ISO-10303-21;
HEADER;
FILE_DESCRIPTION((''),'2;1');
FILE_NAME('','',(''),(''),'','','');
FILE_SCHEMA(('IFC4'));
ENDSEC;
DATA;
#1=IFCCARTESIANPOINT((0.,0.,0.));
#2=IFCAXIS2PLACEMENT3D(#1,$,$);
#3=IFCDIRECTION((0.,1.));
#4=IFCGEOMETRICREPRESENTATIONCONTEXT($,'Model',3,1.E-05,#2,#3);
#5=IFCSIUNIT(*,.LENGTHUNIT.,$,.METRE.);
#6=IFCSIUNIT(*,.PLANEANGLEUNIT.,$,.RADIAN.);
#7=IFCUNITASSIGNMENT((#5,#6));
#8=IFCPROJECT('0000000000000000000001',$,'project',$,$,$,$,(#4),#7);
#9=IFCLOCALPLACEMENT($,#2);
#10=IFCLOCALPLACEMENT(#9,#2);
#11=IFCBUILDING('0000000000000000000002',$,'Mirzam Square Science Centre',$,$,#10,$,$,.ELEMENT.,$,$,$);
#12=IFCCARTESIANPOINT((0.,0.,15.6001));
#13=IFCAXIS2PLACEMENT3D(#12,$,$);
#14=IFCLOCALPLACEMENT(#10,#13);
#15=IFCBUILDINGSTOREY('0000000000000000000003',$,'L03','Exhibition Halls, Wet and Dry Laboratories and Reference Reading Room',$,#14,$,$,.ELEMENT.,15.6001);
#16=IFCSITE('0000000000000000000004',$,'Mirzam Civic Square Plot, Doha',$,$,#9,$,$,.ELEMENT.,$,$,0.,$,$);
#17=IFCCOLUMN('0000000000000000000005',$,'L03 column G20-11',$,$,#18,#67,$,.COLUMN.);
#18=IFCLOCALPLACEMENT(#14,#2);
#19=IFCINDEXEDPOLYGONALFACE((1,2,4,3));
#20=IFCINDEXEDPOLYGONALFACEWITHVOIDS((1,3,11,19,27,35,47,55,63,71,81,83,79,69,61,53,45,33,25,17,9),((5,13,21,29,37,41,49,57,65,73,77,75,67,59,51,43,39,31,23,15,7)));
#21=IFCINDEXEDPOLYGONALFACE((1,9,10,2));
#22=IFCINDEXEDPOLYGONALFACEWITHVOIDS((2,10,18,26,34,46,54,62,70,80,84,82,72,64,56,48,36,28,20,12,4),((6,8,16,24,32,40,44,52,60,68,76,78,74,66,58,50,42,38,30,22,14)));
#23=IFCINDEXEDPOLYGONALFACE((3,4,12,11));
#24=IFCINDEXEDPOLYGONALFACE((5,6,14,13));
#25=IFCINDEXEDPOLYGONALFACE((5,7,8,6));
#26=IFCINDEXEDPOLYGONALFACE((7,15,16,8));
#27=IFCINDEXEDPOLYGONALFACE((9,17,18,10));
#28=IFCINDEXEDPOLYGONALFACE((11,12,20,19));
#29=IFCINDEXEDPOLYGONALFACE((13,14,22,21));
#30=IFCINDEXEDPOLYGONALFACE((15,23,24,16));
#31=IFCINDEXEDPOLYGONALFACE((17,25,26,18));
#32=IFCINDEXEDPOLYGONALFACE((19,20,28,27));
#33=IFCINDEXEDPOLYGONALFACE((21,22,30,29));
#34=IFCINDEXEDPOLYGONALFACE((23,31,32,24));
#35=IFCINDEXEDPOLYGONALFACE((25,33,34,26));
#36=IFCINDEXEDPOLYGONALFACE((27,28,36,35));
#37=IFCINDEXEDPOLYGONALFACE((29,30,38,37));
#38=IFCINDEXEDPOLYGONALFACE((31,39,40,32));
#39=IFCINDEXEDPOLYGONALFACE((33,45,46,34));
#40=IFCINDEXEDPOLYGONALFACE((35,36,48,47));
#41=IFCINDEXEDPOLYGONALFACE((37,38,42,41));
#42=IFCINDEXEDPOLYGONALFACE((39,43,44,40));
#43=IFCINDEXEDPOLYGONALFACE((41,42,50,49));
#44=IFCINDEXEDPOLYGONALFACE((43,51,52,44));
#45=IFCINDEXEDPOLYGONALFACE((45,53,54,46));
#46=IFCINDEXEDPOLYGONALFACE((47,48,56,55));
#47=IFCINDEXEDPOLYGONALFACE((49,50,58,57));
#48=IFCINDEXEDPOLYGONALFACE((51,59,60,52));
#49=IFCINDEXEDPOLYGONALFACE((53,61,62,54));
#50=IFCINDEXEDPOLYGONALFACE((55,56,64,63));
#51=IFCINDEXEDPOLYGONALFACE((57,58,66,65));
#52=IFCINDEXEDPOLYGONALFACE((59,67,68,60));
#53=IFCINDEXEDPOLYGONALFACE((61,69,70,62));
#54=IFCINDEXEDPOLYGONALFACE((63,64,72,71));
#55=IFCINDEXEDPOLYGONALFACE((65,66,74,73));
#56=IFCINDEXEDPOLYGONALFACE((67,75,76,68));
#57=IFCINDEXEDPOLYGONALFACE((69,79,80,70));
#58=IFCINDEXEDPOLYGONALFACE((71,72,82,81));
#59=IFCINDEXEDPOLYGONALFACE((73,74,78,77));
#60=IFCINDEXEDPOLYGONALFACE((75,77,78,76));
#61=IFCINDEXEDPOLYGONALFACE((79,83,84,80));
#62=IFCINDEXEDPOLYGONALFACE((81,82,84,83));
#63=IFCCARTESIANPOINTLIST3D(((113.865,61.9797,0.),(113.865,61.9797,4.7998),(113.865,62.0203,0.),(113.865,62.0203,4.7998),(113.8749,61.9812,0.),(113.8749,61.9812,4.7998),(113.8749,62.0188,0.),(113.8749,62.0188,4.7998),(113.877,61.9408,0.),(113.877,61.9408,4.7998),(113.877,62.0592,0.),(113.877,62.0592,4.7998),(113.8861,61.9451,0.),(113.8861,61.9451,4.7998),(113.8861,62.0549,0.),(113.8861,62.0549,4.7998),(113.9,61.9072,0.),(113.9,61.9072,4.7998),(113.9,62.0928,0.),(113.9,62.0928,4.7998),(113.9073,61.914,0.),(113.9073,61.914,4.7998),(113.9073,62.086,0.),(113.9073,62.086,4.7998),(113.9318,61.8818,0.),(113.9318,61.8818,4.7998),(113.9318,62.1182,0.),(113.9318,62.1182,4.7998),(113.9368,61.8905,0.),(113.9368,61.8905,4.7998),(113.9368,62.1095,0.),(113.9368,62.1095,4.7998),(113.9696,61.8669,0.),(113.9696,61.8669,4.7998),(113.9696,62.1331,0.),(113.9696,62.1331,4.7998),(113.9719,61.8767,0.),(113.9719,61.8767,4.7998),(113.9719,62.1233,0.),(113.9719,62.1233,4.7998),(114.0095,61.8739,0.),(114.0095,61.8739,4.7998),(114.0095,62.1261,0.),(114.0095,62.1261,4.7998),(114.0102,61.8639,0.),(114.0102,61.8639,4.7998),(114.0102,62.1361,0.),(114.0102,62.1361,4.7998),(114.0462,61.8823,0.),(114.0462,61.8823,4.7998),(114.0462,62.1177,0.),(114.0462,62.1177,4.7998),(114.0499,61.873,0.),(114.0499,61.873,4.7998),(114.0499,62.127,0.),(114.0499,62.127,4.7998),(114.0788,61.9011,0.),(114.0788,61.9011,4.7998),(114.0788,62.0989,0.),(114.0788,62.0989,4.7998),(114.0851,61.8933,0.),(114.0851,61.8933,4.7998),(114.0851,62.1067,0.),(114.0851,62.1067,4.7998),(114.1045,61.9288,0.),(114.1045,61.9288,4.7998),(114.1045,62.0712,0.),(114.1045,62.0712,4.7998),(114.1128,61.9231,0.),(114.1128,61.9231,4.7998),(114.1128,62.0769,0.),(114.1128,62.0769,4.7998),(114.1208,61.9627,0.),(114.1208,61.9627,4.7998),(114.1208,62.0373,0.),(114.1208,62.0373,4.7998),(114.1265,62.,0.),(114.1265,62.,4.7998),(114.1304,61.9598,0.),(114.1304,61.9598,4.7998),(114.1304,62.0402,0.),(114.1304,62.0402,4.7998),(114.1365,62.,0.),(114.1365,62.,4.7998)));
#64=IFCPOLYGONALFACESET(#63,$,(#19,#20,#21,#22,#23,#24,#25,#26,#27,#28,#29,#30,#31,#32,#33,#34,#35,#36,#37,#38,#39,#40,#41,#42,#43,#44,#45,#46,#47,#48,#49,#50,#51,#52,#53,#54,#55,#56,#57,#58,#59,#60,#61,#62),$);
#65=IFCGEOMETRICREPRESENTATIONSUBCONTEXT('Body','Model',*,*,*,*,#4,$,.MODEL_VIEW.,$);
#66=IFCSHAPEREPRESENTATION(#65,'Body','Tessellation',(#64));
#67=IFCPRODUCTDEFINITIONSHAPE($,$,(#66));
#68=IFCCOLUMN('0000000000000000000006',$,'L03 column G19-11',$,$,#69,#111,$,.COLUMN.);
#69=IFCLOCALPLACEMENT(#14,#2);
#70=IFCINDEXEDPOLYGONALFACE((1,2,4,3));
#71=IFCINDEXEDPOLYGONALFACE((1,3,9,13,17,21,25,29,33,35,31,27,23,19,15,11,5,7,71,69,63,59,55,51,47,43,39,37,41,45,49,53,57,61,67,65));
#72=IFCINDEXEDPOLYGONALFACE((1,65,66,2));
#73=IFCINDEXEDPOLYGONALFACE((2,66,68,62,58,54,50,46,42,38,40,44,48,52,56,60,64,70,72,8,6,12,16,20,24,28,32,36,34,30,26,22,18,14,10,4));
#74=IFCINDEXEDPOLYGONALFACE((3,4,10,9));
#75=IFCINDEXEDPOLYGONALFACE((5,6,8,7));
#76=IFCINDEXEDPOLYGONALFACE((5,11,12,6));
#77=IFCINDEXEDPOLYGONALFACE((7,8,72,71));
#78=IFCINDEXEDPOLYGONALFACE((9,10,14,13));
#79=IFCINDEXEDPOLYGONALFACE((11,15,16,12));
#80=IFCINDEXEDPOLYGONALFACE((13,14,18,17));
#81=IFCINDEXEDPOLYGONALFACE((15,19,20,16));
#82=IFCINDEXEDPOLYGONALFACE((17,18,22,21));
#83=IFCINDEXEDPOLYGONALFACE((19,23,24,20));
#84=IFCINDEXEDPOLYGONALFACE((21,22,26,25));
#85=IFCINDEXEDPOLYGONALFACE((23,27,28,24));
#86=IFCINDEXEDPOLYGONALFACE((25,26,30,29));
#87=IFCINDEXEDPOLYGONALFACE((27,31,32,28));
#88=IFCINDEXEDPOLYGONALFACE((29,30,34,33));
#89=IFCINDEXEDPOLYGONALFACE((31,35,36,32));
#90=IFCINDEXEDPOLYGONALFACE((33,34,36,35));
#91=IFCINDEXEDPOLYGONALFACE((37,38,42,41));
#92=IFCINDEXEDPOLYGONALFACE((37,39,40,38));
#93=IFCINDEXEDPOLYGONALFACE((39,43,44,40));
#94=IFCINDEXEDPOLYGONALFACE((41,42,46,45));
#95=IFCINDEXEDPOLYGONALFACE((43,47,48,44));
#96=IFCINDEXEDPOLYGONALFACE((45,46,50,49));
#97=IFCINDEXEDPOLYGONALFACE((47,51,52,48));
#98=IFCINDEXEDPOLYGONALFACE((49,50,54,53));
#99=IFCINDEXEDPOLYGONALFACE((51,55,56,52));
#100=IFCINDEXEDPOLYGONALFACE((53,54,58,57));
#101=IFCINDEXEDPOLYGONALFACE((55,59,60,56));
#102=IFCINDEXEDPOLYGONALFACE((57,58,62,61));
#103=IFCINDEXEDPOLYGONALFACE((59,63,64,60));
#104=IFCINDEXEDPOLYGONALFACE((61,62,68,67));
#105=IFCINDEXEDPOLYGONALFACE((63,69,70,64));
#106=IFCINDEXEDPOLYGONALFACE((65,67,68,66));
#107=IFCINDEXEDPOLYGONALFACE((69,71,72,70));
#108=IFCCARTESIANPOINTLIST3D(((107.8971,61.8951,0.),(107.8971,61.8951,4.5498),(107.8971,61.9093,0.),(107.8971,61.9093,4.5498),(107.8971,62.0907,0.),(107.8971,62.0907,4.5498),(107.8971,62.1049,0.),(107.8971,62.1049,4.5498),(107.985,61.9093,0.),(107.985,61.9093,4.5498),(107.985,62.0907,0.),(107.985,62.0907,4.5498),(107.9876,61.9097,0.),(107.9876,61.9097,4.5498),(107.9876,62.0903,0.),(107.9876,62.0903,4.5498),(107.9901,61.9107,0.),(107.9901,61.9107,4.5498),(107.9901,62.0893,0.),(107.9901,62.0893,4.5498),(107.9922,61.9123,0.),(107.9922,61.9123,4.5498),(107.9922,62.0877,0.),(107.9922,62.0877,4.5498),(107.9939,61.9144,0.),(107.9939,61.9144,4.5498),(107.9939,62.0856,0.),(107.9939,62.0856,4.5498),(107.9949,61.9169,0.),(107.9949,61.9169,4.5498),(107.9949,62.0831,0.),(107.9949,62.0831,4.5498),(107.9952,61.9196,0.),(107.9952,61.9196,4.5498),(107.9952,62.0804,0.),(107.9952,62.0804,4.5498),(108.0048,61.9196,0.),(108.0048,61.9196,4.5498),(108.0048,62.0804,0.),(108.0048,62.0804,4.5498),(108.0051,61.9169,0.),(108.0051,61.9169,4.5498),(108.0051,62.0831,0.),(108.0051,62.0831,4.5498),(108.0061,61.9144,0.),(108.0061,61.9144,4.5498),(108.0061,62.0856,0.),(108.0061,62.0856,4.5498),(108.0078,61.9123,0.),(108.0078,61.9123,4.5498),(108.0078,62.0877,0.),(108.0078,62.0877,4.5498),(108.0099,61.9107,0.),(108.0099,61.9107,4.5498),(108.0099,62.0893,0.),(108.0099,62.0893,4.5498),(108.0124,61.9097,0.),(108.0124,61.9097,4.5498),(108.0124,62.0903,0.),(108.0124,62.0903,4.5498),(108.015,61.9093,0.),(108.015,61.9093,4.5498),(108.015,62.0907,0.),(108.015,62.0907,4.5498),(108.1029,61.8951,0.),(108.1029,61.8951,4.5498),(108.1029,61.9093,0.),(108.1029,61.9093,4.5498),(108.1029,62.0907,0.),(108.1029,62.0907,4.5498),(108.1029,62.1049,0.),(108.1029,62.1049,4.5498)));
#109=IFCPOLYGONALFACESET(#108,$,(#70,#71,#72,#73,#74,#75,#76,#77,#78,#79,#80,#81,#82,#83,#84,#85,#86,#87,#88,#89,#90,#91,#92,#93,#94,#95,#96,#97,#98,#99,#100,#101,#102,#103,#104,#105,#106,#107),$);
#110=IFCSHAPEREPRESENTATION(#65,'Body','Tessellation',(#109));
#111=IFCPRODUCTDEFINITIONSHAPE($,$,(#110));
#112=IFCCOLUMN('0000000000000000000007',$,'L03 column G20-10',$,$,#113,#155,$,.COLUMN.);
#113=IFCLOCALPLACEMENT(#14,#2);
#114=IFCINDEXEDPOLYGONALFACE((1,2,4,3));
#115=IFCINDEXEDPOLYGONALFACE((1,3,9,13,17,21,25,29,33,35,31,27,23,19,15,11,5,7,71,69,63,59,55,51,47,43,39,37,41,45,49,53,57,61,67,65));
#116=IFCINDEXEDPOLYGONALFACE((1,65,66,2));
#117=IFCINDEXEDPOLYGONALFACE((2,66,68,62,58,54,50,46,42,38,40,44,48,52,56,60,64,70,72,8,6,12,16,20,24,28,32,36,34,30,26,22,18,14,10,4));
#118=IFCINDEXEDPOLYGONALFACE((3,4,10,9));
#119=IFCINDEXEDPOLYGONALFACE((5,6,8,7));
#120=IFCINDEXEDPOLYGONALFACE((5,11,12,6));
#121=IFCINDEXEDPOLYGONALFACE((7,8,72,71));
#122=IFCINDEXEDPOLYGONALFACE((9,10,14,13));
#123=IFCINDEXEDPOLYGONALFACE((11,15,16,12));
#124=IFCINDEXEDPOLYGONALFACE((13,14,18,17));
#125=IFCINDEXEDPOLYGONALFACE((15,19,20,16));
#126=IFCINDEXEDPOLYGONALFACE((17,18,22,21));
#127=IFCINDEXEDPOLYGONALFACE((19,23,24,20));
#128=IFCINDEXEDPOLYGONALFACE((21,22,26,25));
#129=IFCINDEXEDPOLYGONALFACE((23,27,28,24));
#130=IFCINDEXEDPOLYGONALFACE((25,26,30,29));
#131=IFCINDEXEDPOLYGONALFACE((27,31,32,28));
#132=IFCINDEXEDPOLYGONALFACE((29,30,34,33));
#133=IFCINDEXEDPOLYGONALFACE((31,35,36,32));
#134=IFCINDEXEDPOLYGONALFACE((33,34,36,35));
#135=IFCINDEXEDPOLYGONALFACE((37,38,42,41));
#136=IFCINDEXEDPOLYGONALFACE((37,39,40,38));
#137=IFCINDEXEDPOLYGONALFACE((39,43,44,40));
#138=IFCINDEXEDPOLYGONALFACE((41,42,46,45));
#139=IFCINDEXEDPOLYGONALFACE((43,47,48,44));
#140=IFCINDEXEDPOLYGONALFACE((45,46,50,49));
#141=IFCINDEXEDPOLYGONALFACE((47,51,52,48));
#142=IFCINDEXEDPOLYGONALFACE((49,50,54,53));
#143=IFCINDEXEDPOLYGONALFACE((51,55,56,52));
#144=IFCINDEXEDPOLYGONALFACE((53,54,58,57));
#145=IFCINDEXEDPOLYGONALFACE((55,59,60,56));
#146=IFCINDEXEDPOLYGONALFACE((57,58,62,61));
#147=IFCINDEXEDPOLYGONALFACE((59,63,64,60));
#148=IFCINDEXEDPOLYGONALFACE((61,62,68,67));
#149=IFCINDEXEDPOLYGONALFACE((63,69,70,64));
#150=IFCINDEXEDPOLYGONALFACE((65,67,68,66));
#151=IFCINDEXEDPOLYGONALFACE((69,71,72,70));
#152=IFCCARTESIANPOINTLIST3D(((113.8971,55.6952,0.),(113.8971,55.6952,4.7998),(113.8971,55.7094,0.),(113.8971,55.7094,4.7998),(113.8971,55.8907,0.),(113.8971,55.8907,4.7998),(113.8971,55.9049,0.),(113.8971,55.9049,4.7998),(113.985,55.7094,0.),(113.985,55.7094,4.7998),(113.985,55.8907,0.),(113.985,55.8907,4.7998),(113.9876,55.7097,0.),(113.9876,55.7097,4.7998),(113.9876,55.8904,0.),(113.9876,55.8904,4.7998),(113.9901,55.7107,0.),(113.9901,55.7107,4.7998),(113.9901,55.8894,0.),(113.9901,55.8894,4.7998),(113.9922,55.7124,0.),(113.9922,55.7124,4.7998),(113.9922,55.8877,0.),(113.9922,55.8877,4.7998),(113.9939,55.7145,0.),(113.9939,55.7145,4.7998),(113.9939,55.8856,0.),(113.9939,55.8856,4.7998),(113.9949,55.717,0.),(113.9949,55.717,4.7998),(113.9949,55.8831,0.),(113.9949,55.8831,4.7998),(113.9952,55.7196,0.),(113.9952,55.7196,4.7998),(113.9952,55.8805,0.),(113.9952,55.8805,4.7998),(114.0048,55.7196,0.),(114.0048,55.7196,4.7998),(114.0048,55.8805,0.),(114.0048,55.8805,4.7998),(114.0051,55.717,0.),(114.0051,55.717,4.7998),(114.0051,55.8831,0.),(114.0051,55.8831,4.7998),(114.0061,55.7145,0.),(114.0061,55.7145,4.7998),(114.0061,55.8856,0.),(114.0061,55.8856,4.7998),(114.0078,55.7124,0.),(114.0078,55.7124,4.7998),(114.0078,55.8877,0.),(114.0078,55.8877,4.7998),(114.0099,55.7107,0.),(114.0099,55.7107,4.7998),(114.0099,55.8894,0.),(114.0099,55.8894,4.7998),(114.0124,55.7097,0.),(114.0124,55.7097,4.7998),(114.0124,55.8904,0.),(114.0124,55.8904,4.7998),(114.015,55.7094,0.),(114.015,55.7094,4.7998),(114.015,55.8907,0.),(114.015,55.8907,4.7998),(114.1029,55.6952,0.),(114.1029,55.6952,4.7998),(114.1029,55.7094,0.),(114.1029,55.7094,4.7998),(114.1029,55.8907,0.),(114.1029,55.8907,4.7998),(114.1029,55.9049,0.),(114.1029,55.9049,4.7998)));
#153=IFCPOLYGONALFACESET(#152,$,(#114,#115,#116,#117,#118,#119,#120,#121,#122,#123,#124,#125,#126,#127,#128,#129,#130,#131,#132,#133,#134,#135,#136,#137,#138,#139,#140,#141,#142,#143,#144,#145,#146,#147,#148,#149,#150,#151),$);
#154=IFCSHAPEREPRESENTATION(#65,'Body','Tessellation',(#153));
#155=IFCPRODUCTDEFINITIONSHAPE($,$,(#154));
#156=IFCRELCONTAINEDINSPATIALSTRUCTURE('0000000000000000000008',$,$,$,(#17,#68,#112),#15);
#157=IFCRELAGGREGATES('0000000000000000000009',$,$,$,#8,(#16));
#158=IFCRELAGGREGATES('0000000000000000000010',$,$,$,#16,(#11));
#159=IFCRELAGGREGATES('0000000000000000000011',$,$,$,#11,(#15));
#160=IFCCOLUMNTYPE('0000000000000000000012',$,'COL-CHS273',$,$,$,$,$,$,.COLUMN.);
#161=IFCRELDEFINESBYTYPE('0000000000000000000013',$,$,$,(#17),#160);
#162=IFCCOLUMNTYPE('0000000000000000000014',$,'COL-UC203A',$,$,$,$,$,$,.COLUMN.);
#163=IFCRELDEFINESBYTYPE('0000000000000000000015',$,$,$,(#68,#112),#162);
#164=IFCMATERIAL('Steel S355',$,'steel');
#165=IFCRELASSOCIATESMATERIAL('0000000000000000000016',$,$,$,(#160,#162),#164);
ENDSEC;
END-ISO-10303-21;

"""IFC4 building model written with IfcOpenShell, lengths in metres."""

from ifc_helpers import new_model, si_unit, direction, frame, origin, origin_2d, place, context, subcontext, project, spatial, hollow_circle, i_section, extrude, material, material_profile, profile_set, type_object, element, save


model = new_model("IFC4")

# Units and contexts
model_context = context("Model", 3, precision=1e-05, world=origin(), true_north=direction((0.0, 1.0)))
body_context = subcontext(model_context, "Body", "Model", "MODEL_VIEW")
ifc_project = project(units=[si_unit("LENGTHUNIT", "METRE"), si_unit("PLANEANGLEUNIT", "RADIAN")], contexts=[model_context])

# Site, building, storey
site_placement = place(None, origin())
site = spatial("IfcSite", under=ifc_project, at=site_placement, Name="Mirzam Civic Square Plot, Doha", CompositionType="ELEMENT", RefElevation=0.0)
building_placement = place(site_placement, origin())
building = spatial("IfcBuilding", under=site, at=building_placement, Name="Mirzam Square Science Centre", CompositionType="ELEMENT")
storey_placement = place(building_placement, frame((0.0, 0.0, 15.6001)))
storey = spatial("IfcBuildingStorey", under=building, at=storey_placement, Name="L03", Description="Exhibition Halls, Wet and Dry Laboratories and Reference Reading Room", CompositionType="ELEMENT", Elevation=15.6001)

# Columns
ifc_material_1 = material(Name="Steel S355", Category="steel")
ifc_material_profile_1 = material_profile(ifc_material_1, hollow_circle(Radius=0.1365, WallThickness=0.01, at=origin_2d()), Name="273.0x10.0CHS")
ifc_profile_set_1 = profile_set([ifc_material_profile_1], Name="Steel S355")
column_type_1 = type_object("IfcColumnType", Name="COL-CHS273", PredefinedType="COLUMN", material=ifc_profile_set_1)
column_1_placement = place(storey_placement, frame((114.0, 62.0, 0.0), z_axis=(0.0, 0.0, 1.0), x_axis=(1.0, 0.0, 0.0)))
element("IfcColumn", 1, at=column_1_placement, inside=storey, type_object=column_type_1, Name="L03 column G20-11", PredefinedType="COLUMN", context=body_context, shape_type="SweptSolid", body=[
    extrude(hollow_circle(Radius=0.1365, WallThickness=0.01, at=origin_2d()), origin(), (0.0, 0.0, 1.0), 4.7998),
])
ifc_material_profile_2 = material_profile(ifc_material_1, i_section(OverallWidth=0.2058, OverallDepth=0.2097, WebThickness=0.0095, FlangeThickness=0.0142, FilletRadius=0.0103, at=origin_2d()), Name="203x203x60UC")
ifc_profile_set_2 = profile_set([ifc_material_profile_2], Name="Steel S355")
column_type_2 = type_object("IfcColumnType", Name="COL-UC203A", PredefinedType="COLUMN", material=ifc_profile_set_2)
column_2_placement = place(storey_placement, frame((108.0, 62.0, 0.0), z_axis=(0.0, 0.0, 1.0), x_axis=(1.0, 0.0, 0.0)))
element("IfcColumn", 2, at=column_2_placement, inside=storey, type_object=column_type_2, Name="L03 column G19-11", PredefinedType="COLUMN", context=body_context, shape_type="SweptSolid", body=[
    extrude(i_section(OverallWidth=0.2058, OverallDepth=0.2097, WebThickness=0.0095, FlangeThickness=0.0142, FilletRadius=0.0103, at=origin_2d()), origin(), (0.0, 0.0, 1.0), 4.5498),
])
column_3_placement = place(storey_placement, frame((114.0, 55.8, 0.0), z_axis=(0.0, 0.0, 1.0), x_axis=(1.0, 0.0, 0.0)))
element("IfcColumn", 3, at=column_3_placement, inside=storey, type_object=column_type_2, Name="L03 column G20-10", PredefinedType="COLUMN", context=body_context, shape_type="SweptSolid", body=[
    extrude(i_section(OverallWidth=0.2058, OverallDepth=0.2097, WebThickness=0.0095, FlangeThickness=0.0142, FilletRadius=0.0103, at=origin_2d()), origin(), (0.0, 0.0, 1.0), 4.7998),
])

save(model, "model.ifc")
